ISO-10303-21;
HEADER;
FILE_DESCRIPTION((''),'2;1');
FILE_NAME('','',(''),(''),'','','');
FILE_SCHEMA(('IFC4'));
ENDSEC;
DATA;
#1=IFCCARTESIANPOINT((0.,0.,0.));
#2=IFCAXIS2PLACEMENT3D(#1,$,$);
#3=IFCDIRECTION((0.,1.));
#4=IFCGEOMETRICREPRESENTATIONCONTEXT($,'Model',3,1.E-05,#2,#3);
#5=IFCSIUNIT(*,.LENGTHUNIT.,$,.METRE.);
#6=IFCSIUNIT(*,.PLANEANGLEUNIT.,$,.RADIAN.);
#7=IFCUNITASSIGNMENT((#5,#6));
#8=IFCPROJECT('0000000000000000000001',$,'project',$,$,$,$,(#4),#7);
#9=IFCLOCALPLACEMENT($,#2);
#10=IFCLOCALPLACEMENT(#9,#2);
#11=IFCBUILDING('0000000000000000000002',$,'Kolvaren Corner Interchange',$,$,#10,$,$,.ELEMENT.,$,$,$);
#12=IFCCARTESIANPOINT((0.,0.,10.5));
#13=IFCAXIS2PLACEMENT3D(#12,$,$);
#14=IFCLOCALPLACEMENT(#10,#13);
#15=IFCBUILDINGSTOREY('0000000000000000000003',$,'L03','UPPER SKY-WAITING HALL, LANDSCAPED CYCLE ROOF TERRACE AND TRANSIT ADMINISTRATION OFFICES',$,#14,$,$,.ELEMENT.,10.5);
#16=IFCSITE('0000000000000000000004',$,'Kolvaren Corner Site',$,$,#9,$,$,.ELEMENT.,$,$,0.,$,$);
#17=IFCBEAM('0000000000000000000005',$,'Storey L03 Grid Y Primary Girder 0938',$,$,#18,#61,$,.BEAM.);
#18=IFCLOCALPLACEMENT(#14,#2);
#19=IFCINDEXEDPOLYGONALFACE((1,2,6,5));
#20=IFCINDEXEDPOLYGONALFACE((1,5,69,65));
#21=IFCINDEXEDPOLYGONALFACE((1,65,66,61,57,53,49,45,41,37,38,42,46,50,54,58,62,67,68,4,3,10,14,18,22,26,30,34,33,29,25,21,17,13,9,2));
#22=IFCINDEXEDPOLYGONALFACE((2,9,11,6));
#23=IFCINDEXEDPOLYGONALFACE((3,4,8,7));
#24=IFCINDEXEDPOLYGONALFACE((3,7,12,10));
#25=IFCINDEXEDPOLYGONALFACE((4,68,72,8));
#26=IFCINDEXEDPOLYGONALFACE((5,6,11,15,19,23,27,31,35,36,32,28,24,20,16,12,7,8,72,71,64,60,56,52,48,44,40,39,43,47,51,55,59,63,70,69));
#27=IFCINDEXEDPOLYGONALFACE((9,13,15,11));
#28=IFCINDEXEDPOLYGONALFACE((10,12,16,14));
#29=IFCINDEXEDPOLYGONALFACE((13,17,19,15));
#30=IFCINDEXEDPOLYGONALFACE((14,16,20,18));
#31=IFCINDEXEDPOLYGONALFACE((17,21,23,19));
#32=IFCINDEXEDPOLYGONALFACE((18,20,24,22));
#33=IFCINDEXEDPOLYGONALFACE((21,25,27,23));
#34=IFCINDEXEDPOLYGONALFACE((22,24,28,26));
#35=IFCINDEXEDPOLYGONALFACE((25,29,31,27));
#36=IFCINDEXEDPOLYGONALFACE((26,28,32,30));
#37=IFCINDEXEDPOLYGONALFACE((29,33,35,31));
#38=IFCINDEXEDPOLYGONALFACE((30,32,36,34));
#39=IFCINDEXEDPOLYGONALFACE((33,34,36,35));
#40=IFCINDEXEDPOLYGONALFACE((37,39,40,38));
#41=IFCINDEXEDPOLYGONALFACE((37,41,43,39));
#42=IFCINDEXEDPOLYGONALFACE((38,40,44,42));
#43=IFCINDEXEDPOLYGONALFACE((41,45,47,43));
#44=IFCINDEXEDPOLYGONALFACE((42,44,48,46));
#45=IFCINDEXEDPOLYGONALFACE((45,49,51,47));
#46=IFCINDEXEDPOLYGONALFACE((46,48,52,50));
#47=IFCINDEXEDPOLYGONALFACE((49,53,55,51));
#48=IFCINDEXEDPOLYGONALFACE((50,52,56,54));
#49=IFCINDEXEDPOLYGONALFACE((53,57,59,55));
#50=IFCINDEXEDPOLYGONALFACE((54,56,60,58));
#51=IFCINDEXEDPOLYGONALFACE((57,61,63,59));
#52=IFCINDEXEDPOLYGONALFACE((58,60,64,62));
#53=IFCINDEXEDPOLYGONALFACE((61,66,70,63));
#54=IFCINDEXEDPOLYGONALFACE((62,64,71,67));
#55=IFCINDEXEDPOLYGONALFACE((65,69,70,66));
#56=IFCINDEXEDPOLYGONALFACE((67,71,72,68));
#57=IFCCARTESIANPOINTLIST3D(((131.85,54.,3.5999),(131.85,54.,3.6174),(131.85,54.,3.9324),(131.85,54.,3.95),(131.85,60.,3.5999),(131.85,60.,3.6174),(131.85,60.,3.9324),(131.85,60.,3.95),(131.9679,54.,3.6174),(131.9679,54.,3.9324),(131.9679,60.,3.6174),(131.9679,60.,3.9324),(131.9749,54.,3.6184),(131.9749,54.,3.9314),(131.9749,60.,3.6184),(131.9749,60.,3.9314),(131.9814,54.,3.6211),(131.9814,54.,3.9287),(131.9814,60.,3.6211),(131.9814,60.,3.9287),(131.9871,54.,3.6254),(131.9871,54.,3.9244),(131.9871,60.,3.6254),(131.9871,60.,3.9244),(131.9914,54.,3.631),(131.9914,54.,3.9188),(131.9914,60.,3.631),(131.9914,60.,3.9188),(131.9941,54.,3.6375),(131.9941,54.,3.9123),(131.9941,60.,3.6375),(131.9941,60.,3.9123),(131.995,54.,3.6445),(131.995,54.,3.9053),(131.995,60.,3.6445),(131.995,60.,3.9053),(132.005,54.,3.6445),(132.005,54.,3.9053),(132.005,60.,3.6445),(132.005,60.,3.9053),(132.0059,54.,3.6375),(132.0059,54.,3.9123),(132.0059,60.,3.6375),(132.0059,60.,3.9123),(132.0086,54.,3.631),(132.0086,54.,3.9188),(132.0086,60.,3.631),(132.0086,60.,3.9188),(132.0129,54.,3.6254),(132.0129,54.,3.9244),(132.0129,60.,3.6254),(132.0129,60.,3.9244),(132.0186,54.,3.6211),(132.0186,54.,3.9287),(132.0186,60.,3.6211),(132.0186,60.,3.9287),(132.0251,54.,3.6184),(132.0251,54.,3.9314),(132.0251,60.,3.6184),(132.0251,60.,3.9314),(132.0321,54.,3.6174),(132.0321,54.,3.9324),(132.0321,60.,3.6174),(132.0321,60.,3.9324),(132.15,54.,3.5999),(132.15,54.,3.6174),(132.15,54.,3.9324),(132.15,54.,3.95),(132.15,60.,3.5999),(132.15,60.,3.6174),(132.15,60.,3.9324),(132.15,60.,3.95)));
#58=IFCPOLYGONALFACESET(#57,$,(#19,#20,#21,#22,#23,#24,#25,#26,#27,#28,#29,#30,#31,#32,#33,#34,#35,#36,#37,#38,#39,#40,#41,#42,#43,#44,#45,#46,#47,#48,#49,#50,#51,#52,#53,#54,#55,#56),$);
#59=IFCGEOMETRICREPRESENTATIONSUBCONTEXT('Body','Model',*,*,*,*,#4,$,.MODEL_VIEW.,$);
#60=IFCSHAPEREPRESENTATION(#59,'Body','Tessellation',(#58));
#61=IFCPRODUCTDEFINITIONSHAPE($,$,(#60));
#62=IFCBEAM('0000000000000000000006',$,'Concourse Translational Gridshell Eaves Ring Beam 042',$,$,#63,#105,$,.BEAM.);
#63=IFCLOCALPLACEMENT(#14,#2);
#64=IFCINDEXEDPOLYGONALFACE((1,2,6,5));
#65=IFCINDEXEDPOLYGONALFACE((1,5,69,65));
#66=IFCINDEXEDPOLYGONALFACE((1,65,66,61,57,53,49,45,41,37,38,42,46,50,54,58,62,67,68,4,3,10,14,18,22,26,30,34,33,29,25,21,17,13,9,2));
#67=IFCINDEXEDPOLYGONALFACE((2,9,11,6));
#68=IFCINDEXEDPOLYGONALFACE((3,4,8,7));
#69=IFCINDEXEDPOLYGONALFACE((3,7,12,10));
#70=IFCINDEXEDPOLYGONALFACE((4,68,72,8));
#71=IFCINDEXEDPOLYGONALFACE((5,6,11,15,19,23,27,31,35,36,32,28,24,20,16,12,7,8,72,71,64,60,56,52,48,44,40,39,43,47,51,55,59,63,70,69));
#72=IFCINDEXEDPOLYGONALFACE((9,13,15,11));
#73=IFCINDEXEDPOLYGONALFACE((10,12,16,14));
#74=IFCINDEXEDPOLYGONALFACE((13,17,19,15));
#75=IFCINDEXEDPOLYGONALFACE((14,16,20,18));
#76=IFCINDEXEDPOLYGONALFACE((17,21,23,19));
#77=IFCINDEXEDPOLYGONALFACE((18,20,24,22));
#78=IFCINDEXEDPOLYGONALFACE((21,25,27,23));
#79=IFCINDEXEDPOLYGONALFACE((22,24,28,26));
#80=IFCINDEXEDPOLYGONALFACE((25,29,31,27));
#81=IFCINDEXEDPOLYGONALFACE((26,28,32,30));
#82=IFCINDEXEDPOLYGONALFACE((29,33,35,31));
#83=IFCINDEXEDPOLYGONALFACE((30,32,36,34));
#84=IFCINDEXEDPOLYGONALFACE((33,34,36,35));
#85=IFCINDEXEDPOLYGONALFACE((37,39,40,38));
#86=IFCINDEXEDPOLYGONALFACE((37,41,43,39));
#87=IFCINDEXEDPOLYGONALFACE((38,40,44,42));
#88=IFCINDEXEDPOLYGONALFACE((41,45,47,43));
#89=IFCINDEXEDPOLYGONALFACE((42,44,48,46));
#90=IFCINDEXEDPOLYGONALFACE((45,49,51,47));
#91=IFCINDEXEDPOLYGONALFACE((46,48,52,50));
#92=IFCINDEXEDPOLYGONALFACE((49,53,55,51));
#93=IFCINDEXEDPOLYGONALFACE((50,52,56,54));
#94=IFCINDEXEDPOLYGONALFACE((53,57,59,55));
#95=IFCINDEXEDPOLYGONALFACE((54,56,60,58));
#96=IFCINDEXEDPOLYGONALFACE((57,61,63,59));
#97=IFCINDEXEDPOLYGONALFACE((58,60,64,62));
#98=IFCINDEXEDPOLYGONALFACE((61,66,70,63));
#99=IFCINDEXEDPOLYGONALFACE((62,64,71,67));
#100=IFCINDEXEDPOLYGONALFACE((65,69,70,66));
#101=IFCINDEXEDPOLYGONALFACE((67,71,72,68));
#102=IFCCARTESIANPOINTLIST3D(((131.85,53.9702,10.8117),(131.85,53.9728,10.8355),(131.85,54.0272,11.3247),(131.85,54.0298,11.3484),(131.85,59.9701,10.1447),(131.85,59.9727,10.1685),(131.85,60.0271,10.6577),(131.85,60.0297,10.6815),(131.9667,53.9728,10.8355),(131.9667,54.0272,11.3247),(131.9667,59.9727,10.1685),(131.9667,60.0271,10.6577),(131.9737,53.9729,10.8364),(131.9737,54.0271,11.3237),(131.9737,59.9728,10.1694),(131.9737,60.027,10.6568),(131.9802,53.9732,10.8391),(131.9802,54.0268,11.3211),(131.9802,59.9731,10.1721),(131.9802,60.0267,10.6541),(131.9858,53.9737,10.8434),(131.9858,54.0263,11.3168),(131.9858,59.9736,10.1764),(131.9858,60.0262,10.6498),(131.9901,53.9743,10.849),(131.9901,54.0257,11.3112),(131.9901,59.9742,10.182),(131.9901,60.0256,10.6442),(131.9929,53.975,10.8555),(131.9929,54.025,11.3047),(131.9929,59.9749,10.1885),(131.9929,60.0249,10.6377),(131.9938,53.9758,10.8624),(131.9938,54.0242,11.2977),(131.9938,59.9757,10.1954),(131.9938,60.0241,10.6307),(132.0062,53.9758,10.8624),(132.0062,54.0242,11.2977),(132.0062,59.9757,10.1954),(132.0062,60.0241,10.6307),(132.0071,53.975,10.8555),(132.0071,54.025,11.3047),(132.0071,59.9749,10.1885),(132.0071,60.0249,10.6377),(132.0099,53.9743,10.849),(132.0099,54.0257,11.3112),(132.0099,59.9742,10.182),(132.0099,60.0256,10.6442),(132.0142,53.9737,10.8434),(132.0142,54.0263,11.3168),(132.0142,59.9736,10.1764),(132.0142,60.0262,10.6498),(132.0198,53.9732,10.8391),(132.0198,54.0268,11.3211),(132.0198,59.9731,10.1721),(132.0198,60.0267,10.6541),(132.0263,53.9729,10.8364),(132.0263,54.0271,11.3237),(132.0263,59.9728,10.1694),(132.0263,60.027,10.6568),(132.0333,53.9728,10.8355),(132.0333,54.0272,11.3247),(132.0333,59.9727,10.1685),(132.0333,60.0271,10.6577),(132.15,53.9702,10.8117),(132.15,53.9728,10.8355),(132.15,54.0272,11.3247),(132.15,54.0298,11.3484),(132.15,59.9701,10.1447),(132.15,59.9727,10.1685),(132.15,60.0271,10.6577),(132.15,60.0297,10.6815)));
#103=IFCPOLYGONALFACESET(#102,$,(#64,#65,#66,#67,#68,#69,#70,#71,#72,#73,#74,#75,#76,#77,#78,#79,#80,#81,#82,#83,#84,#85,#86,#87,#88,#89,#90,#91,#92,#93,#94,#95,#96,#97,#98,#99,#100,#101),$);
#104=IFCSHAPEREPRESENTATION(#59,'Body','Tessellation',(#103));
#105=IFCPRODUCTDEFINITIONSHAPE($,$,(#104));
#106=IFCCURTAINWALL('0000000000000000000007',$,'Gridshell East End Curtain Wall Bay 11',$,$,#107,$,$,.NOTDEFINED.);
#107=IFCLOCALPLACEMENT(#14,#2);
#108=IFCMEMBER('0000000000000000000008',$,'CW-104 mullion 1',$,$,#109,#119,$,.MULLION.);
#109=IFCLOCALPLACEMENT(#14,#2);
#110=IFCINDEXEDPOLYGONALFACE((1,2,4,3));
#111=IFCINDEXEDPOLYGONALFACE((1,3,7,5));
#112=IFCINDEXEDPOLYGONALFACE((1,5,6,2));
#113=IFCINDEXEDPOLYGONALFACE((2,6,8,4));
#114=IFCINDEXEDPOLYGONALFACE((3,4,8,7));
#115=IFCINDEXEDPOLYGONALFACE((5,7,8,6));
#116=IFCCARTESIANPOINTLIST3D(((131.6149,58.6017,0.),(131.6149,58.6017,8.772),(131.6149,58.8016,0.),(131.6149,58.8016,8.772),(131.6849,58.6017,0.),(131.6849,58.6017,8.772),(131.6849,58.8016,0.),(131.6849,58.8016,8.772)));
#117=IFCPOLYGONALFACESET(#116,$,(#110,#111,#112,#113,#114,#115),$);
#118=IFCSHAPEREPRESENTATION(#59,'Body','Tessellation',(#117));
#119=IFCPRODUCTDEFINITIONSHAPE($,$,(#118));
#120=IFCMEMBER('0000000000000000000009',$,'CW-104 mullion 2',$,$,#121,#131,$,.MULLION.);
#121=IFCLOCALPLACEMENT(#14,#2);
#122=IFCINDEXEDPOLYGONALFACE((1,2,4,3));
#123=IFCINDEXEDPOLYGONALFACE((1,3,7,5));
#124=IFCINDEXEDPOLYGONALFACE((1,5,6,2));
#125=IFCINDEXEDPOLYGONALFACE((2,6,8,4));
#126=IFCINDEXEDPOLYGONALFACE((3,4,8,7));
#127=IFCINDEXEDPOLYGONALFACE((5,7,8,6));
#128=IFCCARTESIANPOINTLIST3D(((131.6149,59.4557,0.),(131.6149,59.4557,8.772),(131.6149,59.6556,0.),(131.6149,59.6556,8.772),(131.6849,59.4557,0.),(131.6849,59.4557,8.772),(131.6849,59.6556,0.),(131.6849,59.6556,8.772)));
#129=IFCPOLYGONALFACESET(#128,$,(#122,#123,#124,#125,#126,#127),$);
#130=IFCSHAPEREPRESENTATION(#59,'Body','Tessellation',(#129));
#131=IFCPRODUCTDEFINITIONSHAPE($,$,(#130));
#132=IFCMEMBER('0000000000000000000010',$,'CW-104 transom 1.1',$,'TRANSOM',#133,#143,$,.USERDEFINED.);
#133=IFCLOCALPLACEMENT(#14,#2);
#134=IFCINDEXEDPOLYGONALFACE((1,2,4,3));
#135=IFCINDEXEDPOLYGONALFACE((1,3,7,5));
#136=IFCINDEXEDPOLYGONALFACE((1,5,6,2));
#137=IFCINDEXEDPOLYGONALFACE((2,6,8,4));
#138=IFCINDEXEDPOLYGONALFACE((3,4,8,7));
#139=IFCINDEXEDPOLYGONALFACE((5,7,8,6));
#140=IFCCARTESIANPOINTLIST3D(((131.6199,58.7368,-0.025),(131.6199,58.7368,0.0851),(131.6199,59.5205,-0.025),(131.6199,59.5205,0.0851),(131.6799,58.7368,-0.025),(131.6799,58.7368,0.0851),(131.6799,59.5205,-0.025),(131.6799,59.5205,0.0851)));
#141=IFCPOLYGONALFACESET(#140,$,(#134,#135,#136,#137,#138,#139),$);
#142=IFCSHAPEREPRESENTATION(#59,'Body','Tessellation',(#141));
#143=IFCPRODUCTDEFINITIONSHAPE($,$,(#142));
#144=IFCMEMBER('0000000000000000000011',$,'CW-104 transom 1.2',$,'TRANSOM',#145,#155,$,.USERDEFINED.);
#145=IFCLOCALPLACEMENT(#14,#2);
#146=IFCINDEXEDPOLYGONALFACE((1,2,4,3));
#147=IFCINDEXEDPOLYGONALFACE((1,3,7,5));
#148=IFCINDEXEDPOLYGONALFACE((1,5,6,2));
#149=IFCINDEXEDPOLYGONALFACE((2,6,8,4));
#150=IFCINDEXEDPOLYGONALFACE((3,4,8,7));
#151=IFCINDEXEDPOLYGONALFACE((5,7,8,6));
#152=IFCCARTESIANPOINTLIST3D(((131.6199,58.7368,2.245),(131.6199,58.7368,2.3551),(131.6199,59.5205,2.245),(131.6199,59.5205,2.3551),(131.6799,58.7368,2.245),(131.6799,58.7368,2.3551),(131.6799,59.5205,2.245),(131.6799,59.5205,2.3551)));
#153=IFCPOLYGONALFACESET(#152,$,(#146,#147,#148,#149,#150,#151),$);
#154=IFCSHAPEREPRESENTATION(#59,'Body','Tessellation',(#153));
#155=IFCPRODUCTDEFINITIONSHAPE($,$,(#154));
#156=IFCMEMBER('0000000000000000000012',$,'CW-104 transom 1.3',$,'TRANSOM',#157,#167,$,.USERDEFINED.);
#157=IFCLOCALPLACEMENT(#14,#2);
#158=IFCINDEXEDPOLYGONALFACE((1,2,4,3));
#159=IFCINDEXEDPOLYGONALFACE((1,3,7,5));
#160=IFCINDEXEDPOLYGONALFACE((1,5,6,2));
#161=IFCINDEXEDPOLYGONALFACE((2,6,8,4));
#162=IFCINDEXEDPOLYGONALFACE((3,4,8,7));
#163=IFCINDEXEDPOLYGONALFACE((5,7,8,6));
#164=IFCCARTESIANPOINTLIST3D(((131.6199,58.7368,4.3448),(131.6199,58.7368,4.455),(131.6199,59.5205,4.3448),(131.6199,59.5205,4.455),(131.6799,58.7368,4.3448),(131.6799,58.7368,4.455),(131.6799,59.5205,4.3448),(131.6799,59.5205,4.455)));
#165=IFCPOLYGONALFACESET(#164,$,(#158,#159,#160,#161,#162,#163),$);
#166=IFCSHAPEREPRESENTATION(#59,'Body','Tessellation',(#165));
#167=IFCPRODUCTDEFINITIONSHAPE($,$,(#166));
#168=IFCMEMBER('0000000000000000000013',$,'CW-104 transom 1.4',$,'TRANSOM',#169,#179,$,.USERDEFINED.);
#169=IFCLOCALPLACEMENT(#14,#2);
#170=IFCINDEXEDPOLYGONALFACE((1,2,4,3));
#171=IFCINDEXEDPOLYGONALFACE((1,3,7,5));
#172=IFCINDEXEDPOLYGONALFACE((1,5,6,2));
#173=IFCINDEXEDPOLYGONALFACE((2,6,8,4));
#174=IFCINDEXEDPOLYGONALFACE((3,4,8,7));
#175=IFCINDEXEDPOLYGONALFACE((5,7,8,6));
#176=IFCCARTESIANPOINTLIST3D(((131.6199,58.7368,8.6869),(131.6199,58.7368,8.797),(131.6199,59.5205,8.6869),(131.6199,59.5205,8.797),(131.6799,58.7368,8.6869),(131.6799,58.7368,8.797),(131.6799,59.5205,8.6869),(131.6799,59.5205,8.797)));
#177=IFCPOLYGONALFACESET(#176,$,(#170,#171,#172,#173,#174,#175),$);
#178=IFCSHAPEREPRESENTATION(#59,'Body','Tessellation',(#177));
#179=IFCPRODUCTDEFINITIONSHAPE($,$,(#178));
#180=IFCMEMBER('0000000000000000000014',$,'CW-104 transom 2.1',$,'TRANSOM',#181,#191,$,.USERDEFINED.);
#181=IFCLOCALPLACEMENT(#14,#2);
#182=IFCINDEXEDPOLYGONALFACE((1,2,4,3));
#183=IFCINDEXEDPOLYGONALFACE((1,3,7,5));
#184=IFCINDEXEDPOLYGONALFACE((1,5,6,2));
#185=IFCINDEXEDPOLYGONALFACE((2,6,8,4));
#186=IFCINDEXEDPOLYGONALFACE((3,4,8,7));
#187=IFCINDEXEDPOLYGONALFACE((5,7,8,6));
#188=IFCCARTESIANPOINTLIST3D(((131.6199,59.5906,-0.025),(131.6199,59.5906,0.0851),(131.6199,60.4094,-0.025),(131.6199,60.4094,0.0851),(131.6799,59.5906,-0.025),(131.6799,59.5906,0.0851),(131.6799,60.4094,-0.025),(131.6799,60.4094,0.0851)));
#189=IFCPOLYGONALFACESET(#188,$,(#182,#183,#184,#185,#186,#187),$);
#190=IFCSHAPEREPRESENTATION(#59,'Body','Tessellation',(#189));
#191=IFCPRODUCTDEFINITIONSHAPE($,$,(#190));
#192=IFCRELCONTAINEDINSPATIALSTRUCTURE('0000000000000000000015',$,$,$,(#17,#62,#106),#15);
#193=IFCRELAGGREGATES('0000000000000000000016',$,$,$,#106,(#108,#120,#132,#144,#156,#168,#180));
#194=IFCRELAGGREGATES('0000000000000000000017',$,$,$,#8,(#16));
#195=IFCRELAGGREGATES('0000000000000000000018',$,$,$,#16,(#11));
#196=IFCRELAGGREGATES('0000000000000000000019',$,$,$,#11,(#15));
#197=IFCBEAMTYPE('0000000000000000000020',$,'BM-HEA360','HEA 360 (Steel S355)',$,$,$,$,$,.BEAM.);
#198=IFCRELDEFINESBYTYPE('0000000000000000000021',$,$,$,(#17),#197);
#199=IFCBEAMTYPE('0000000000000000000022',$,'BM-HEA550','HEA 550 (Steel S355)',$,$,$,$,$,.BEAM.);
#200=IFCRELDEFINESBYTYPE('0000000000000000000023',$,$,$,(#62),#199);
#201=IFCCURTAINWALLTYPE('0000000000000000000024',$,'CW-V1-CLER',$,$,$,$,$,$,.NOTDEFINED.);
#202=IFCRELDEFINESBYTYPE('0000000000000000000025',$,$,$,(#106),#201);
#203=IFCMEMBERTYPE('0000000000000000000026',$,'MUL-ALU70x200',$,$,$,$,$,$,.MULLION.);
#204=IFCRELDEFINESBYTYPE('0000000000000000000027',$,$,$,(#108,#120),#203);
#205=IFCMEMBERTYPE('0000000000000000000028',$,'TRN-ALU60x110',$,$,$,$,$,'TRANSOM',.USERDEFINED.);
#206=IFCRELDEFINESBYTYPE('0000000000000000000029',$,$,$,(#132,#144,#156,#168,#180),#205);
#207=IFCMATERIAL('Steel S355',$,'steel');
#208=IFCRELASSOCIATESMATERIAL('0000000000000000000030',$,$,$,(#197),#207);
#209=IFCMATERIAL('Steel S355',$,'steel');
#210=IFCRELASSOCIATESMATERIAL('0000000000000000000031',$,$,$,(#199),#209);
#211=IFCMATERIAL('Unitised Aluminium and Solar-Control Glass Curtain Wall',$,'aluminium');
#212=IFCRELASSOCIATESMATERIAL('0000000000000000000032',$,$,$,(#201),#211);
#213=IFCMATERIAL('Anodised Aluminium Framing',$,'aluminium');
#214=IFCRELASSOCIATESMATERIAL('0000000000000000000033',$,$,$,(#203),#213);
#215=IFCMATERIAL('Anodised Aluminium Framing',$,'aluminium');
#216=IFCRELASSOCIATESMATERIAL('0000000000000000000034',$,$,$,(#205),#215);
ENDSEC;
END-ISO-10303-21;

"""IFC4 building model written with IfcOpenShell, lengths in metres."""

from ifc_helpers import new_model, si_unit, direction, frame, origin, origin_2d, place, context, subcontext, project, spatial, rectangle, i_section, extrude, material, material_profile, profile_set, type_object, element, aggregate, save


model = new_model("IFC4")

# Units and contexts
model_context = context("Model", 3, precision=1e-05, world=origin(), true_north=direction((0.0, 1.0)))
body_context = subcontext(model_context, "Body", "Model", "MODEL_VIEW")
ifc_project = project(units=[si_unit("LENGTHUNIT", "METRE"), si_unit("PLANEANGLEUNIT", "RADIAN")], contexts=[model_context])

# Site, building, storey
site_placement = place(None, origin())
site = spatial("IfcSite", under=ifc_project, at=site_placement, Name="Kolvaren Corner Site", CompositionType="ELEMENT", RefElevation=0.0)
building_placement = place(site_placement, origin())
building = spatial("IfcBuilding", under=site, at=building_placement, Name="Kolvaren Corner Interchange", CompositionType="ELEMENT")
storey_placement = place(building_placement, frame((0.0, 0.0, 10.5)))
storey = spatial("IfcBuildingStorey", under=building, at=storey_placement, Name="L03", Description="UPPER SKY-WAITING HALL, LANDSCAPED CYCLE ROOF TERRACE AND TRANSIT ADMINISTRATION OFFICES", CompositionType="ELEMENT", Elevation=10.5)

# Beams
ifc_material_1 = material(Name="Steel S355", Category="steel")
ifc_material_profile_1 = material_profile(ifc_material_1, i_section(OverallWidth=0.3, OverallDepth=0.3501, WebThickness=0.01, FlangeThickness=0.0176, FilletRadius=0.0271, at=origin_2d()), Name="HEA 360")
ifc_profile_set_1 = profile_set([ifc_material_profile_1], Name="Steel S355")
beam_type_1 = type_object("IfcBeamType", Name="BM-HEA360", Description="HEA 360 (Steel S355)", PredefinedType="BEAM", material=ifc_profile_set_1)
beam_1_placement = place(storey_placement, frame((132.0, 54.0, 3.7749), z_axis=(0.0, 1.0, 0.0), x_axis=(-1.0, 0.0, 0.0)))
element("IfcBeam", 1, at=beam_1_placement, inside=storey, type_object=beam_type_1, Name="Storey L03 Grid Y Primary Girder 0938", PredefinedType="BEAM", context=body_context, shape_type="SweptSolid", body=[
    extrude(i_section(OverallWidth=0.3, OverallDepth=0.3501, WebThickness=0.01, FlangeThickness=0.0176, FilletRadius=0.0271, at=origin_2d()), origin(), (0.0, 0.0, 1.0), 6.0),
])
ifc_material_2 = material(Name="Steel S355", Category="steel")
ifc_material_profile_2 = material_profile(ifc_material_2, i_section(OverallWidth=0.3, OverallDepth=0.54, WebThickness=0.0125, FlangeThickness=0.0239, FilletRadius=0.0271, at=origin_2d()), Name="HEA 550")
ifc_profile_set_2 = profile_set([ifc_material_profile_2], Name="Steel S355")
beam_type_2 = type_object("IfcBeamType", Name="BM-HEA550", Description="HEA 550 (Steel S355)", PredefinedType="BEAM", material=ifc_profile_set_2)
beam_2_placement = place(storey_placement, frame((132.0, 54.0, 11.0801), z_axis=(0.0, 0.993878, -0.110485), x_axis=(-1.0, 0.0, 0.0)))
element("IfcBeam", 2, at=beam_2_placement, inside=storey, type_object=beam_type_2, Name="Concourse Translational Gridshell Eaves Ring Beam 042", PredefinedType="BEAM", context=body_context, shape_type="SweptSolid", body=[
    extrude(i_section(OverallWidth=0.3, OverallDepth=0.54, WebThickness=0.0125, FlangeThickness=0.0239, FilletRadius=0.0271, at=origin_2d()), origin(), (0.0, 0.0, 1.0), 6.0369),
])

# Curtain wall, members
ifc_material_3 = material(Name="Unitised Aluminium and Solar-Control Glass Curtain Wall", Category="aluminium")
curtain_wall_type = type_object("IfcCurtainWallType", Name="CW-V1-CLER", PredefinedType="NOTDEFINED", material=ifc_material_3)
curtain_wall_placement = place(storey_placement, origin())
curtain_wall = element("IfcCurtainWall", 3, at=curtain_wall_placement, inside=storey, type_object=curtain_wall_type, Name="Gridshell East End Curtain Wall Bay 11", PredefinedType="NOTDEFINED")
ifc_material_4 = material(Name="Anodised Aluminium Framing", Category="aluminium")
ifc_material_profile_3 = material_profile(ifc_material_4, rectangle(XDim=0.0701, YDim=0.2, at=origin_2d()), Name="ALU 70x200")
ifc_profile_set_3 = profile_set([ifc_material_profile_3], Name="Anodised Aluminium Framing")
member_type_1 = type_object("IfcMemberType", Name="MUL-ALU70x200", PredefinedType="MULLION", material=ifc_profile_set_3)
member_1_placement = place(storey_placement, frame((131.6499, 58.7017, 0.0), z_axis=(0.0, 0.0, 1.0), x_axis=(-1.0, 0.0, 0.0)))
member_1 = element("IfcMember", 4, at=member_1_placement, type_object=member_type_1, Name="CW-104 mullion 1", PredefinedType="MULLION", context=body_context, shape_type="SweptSolid", body=[
    extrude(rectangle(XDim=0.0701, YDim=0.2, at=origin_2d()), origin(), (0.0, 0.0, 1.0), 8.772),
])
member_2_placement = place(storey_placement, frame((131.6499, 59.5557, 0.0), z_axis=(0.0, 0.0, 1.0), x_axis=(-1.0, 0.0, 0.0)))
member_2 = element("IfcMember", 5, at=member_2_placement, type_object=member_type_1, Name="CW-104 mullion 2", PredefinedType="MULLION", context=body_context, shape_type="SweptSolid", body=[
    extrude(rectangle(XDim=0.0701, YDim=0.2, at=origin_2d()), origin(), (0.0, 0.0, 1.0), 8.772),
])
ifc_material_5 = material(Name="Anodised Aluminium Framing", Category="aluminium")
ifc_material_profile_4 = material_profile(ifc_material_5, rectangle(XDim=0.0601, YDim=0.1101, at=origin_2d()), Name="ALU 60x110")
ifc_profile_set_4 = profile_set([ifc_material_profile_4], Name="Anodised Aluminium Framing")
member_type_2 = type_object("IfcMemberType", Name="TRN-ALU60x110", ElementType="TRANSOM", PredefinedType="USERDEFINED", material=ifc_profile_set_4)
member_3_placement = place(storey_placement, frame((131.6499, 58.7368, 0.03), z_axis=(0.0, 1.0, 0.0), x_axis=(-1.0, 0.0, 0.0)))
member_3 = element("IfcMember", 6, at=member_3_placement, type_object=member_type_2, Name="CW-104 transom 1.1", ObjectType="TRANSOM", PredefinedType="USERDEFINED", context=body_context, shape_type="SweptSolid", body=[
    extrude(rectangle(XDim=0.0601, YDim=0.1101, at=origin_2d()), origin(), (0.0, 0.0, 1.0), 0.7837),
])
member_4_placement = place(storey_placement, frame((131.6499, 58.7368, 2.3), z_axis=(0.0, 1.0, 0.0), x_axis=(-1.0, 0.0, 0.0)))
member_4 = element("IfcMember", 7, at=member_4_placement, type_object=member_type_2, Name="CW-104 transom 1.2", ObjectType="TRANSOM", PredefinedType="USERDEFINED", context=body_context, shape_type="SweptSolid", body=[
    extrude(rectangle(XDim=0.0601, YDim=0.1101, at=origin_2d()), origin(), (0.0, 0.0, 1.0), 0.7837),
])
member_5_placement = place(storey_placement, frame((131.6499, 58.7368, 4.3999), z_axis=(0.0, 1.0, 0.0), x_axis=(-1.0, 0.0, 0.0)))
member_5 = element("IfcMember", 8, at=member_5_placement, type_object=member_type_2, Name="CW-104 transom 1.3", ObjectType="TRANSOM", PredefinedType="USERDEFINED", context=body_context, shape_type="SweptSolid", body=[
    extrude(rectangle(XDim=0.0601, YDim=0.1101, at=origin_2d()), origin(), (0.0, 0.0, 1.0), 0.7837),
])
member_6_placement = place(storey_placement, frame((131.6499, 58.7368, 8.7419), z_axis=(0.0, 1.0, 0.0), x_axis=(-1.0, 0.0, 0.0)))
member_6 = element("IfcMember", 9, at=member_6_placement, type_object=member_type_2, Name="CW-104 transom 1.4", ObjectType="TRANSOM", PredefinedType="USERDEFINED", context=body_context, shape_type="SweptSolid", body=[
    extrude(rectangle(XDim=0.0601, YDim=0.1101, at=origin_2d()), origin(), (0.0, 0.0, 1.0), 0.7837),
])
member_7_placement = place(storey_placement, frame((131.6499, 59.5906, 0.03), z_axis=(0.0, 1.0, 0.0), x_axis=(-1.0, 0.0, 0.0)))
member_7 = element("IfcMember", 10, at=member_7_placement, type_object=member_type_2, Name="CW-104 transom 2.1", ObjectType="TRANSOM", PredefinedType="USERDEFINED", context=body_context, shape_type="SweptSolid", body=[
    extrude(rectangle(XDim=0.0601, YDim=0.1101, at=origin_2d()), origin(), (0.0, 0.0, 1.0), 0.8188),
])
aggregate(curtain_wall, [member_1, member_2, member_3, member_4, member_5, member_6, member_7])

save(model, "model.ifc")
